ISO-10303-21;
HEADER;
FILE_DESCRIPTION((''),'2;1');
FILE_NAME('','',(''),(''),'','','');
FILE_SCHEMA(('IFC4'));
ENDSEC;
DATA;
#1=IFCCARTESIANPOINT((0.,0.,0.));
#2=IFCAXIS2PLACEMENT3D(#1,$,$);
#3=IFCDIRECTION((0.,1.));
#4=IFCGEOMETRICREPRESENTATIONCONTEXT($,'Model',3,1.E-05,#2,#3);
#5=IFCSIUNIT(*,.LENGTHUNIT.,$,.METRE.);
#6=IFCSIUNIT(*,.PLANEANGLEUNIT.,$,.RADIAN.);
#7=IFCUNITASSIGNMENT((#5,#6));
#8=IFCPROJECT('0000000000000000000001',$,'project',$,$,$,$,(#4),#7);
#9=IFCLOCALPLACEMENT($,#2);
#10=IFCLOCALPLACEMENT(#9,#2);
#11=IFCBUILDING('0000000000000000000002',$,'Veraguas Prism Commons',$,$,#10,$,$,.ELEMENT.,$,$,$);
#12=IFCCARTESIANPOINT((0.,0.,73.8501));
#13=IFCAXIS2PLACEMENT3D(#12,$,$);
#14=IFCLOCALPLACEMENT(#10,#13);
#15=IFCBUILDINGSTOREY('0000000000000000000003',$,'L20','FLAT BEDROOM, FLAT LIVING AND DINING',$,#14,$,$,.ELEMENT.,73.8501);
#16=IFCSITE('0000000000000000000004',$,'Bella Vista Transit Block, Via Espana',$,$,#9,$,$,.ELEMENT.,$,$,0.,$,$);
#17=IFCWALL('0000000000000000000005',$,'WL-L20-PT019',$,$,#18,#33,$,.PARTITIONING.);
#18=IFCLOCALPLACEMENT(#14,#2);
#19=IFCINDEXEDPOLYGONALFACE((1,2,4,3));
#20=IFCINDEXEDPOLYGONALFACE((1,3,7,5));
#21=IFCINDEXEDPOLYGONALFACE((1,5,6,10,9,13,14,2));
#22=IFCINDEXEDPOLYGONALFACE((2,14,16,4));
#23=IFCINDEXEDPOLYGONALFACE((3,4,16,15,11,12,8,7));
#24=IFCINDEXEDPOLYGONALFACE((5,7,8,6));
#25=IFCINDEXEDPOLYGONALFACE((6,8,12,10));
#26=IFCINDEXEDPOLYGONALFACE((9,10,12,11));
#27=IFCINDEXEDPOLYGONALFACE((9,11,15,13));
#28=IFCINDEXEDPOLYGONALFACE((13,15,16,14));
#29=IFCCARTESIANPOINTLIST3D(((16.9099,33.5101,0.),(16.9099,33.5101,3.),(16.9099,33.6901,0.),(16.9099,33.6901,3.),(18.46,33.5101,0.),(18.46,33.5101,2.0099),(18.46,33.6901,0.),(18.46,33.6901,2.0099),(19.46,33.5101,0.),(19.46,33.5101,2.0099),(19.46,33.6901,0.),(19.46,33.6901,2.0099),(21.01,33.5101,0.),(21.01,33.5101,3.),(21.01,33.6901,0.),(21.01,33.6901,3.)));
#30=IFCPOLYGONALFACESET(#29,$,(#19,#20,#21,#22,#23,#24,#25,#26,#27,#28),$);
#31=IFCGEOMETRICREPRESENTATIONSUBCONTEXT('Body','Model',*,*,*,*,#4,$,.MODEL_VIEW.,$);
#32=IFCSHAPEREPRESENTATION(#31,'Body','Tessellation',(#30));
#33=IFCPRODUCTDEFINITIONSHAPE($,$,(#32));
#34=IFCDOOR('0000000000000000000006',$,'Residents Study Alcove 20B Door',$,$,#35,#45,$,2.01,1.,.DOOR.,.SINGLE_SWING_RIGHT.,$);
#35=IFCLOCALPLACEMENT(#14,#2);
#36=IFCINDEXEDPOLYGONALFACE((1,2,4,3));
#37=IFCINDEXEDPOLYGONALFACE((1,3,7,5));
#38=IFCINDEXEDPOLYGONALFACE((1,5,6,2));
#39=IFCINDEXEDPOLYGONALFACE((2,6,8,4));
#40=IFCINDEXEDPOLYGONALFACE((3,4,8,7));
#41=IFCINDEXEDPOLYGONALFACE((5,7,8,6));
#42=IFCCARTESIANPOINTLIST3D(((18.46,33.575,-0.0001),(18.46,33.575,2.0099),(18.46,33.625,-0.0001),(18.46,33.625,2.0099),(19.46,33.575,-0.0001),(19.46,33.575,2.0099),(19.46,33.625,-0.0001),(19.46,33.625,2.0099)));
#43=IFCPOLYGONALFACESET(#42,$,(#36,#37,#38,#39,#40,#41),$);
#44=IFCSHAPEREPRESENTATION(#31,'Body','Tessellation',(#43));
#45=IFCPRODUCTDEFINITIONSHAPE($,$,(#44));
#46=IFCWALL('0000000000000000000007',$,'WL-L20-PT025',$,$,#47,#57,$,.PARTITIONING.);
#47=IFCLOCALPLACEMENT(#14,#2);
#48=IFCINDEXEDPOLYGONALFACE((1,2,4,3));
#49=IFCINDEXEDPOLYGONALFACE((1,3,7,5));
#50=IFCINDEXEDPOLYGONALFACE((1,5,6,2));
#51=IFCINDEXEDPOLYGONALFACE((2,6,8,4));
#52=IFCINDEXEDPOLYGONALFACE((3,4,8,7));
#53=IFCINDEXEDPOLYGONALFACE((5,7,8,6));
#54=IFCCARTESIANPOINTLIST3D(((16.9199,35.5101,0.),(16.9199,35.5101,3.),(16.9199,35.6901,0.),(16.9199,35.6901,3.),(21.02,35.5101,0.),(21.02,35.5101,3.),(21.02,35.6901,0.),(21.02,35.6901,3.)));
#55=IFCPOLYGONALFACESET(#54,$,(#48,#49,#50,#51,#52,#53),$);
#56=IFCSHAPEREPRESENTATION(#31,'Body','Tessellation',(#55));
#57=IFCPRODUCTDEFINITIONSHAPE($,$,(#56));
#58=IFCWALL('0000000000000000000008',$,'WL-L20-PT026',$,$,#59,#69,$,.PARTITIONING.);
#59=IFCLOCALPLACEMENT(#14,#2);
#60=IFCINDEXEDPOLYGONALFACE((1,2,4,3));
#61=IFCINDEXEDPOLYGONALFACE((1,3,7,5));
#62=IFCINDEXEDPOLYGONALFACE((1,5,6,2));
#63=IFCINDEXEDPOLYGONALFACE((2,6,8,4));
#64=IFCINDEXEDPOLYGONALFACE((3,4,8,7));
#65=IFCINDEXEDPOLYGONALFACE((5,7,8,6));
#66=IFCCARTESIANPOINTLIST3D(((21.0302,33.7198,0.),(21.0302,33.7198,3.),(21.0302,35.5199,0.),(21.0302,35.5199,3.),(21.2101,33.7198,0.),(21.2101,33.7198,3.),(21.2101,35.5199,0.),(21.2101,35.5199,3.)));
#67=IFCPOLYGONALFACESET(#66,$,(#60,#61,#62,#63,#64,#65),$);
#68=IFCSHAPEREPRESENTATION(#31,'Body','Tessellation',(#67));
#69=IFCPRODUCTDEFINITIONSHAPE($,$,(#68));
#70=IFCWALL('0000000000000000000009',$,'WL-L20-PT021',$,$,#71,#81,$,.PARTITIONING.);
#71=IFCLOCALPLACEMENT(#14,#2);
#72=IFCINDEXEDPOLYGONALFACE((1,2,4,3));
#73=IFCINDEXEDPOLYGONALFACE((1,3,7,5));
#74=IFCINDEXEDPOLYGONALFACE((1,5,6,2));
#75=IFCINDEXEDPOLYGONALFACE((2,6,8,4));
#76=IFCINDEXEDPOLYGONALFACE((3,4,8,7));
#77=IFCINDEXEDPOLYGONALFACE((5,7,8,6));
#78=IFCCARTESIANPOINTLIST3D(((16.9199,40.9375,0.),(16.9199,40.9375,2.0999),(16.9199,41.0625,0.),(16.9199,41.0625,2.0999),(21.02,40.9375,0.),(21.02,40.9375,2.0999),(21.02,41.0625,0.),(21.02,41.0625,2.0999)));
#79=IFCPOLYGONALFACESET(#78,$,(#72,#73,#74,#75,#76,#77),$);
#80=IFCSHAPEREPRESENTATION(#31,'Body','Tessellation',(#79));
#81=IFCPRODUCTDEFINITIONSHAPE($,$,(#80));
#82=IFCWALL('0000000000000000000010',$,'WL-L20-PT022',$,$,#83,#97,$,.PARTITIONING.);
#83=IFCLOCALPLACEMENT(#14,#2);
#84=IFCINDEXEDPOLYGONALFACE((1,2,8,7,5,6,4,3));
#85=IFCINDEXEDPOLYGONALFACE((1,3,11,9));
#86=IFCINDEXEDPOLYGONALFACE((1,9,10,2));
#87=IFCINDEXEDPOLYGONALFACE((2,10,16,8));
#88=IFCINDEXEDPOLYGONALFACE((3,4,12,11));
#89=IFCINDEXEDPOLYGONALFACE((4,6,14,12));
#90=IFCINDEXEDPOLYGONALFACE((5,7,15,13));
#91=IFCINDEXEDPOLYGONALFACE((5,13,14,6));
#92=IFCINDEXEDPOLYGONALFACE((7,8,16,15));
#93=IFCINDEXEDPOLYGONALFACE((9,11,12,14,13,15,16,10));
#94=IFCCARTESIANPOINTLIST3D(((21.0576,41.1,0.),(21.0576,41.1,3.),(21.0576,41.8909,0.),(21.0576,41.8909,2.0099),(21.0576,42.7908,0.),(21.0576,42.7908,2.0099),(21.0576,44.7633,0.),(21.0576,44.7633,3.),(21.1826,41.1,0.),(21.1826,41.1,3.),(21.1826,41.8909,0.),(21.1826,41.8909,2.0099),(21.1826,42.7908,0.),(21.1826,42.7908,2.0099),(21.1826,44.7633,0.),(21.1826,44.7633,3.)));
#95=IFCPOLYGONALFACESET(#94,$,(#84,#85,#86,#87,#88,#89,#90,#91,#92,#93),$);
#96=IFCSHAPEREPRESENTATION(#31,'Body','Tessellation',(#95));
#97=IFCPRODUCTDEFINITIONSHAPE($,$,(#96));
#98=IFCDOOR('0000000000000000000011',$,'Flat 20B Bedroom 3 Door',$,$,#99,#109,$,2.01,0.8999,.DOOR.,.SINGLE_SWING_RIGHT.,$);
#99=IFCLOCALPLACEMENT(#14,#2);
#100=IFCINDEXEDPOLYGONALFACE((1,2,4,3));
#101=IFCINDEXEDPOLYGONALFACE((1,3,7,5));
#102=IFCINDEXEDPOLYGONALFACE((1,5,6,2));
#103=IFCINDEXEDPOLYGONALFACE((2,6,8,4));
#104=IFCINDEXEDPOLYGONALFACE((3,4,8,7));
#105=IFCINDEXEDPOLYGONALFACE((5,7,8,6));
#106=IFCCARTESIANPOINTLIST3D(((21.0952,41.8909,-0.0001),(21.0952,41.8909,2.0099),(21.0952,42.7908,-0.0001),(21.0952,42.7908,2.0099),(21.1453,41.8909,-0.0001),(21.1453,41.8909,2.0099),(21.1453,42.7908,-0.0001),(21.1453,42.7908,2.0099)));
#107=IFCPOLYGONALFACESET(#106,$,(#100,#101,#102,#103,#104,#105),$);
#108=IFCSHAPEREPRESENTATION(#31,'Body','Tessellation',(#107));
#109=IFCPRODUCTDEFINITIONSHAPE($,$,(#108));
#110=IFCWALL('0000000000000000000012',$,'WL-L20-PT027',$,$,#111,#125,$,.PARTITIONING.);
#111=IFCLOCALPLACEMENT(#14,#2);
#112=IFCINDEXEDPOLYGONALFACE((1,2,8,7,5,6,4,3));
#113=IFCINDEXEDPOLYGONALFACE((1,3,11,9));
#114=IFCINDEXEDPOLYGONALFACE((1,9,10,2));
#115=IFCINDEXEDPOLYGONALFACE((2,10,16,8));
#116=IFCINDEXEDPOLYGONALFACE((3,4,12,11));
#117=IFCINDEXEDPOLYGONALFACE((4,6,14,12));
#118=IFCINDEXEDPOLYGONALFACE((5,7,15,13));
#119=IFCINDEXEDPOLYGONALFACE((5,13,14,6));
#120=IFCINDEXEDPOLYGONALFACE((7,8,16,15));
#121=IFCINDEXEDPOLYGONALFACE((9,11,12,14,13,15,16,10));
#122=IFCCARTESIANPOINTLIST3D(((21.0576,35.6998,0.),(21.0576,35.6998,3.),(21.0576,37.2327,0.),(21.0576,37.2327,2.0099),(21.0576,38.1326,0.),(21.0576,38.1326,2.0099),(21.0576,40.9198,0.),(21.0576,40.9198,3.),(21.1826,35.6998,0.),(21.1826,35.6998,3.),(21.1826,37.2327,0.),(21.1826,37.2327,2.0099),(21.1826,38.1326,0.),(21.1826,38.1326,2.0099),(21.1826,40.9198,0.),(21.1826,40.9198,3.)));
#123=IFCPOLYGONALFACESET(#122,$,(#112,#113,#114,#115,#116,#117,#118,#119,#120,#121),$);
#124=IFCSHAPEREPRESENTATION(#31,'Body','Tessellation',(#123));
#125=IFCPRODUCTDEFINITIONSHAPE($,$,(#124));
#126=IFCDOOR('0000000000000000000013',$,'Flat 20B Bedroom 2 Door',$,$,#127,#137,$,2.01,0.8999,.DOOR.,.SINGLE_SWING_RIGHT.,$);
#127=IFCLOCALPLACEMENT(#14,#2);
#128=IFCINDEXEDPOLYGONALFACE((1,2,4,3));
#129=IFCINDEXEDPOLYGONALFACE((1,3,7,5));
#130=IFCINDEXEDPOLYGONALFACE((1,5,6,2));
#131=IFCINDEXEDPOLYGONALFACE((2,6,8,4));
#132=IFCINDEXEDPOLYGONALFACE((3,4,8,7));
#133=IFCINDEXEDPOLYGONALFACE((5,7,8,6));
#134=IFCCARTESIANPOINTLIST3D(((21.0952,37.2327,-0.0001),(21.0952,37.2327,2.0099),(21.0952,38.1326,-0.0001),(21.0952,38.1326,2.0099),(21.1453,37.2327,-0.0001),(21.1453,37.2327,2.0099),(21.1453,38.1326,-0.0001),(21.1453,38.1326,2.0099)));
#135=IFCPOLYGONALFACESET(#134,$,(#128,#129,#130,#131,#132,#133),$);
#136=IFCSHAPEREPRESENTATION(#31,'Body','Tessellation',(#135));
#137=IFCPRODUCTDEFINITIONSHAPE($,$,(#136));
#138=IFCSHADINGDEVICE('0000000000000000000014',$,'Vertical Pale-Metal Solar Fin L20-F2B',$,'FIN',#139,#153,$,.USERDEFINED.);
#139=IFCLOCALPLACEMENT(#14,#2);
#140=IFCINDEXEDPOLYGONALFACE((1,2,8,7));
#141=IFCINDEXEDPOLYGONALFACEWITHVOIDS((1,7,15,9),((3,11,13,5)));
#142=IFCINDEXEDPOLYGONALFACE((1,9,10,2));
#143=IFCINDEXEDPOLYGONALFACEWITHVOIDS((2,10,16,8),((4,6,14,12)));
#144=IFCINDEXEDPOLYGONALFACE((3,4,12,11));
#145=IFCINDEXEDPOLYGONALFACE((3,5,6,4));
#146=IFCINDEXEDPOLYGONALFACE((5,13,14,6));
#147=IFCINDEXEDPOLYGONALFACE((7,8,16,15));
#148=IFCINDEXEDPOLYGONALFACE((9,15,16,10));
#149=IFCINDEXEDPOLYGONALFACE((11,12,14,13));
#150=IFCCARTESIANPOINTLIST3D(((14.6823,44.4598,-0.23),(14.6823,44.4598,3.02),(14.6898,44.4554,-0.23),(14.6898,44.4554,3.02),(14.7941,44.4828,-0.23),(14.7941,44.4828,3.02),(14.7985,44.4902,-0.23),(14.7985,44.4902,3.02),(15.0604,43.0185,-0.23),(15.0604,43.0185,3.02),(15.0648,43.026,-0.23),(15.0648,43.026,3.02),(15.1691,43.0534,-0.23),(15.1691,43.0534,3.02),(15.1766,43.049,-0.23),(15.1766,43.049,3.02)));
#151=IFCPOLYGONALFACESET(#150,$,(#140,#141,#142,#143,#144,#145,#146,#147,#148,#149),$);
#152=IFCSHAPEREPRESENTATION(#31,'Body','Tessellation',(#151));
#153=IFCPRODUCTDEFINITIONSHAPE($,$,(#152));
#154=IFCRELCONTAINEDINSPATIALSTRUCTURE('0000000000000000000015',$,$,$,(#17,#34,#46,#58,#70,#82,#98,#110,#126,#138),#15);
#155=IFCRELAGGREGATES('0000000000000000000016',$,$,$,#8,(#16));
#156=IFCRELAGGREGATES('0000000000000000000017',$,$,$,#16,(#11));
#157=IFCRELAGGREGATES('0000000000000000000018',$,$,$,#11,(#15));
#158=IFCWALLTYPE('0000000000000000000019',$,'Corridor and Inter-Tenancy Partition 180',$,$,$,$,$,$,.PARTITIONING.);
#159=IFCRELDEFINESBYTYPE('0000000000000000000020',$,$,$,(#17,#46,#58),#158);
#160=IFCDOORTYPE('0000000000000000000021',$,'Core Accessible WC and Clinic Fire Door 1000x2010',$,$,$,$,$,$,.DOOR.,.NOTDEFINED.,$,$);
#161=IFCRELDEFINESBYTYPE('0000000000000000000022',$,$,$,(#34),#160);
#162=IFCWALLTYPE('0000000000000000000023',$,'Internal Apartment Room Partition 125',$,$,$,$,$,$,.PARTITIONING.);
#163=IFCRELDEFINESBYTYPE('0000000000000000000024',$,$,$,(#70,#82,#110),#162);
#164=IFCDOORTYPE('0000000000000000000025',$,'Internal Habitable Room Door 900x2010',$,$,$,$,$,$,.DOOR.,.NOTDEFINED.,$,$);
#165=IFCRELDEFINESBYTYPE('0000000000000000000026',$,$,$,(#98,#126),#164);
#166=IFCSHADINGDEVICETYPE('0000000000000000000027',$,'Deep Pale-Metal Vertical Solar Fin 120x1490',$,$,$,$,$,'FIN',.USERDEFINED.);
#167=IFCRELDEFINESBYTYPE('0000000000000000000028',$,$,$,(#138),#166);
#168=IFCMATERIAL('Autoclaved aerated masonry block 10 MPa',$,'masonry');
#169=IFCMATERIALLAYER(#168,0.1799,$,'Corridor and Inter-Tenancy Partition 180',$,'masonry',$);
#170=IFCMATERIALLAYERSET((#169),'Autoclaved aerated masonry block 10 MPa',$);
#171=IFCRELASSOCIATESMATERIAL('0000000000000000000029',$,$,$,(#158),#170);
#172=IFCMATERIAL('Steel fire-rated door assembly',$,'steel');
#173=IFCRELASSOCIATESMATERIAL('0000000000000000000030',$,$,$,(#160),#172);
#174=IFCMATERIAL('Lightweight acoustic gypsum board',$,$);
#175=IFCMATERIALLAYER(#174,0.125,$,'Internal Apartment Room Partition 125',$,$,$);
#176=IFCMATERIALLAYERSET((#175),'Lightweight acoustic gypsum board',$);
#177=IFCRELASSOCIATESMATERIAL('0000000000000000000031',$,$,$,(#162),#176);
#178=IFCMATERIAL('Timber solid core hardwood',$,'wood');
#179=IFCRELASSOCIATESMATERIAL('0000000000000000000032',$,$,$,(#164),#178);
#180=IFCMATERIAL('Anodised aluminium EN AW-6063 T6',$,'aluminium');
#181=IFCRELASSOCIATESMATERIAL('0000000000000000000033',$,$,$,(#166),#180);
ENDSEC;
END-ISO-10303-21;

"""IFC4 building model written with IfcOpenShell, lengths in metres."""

from ifc_helpers import new_model, si_unit, direction, frame, frame_2d, origin, origin_2d, place, context, subcontext, project, spatial, rectangle, hollow_rectangle, extrude, source, transform, mapped, material, layer, layer_set, material_profile, profile_set, type_object, element, fill, save


model = new_model("IFC4")

# Units and contexts
model_context = context("Model", 3, precision=1e-05, world=origin(), true_north=direction((0.0, 1.0)))
body_context = subcontext(model_context, "Body", "Model", "MODEL_VIEW")
ifc_project = project(units=[si_unit("LENGTHUNIT", "METRE"), si_unit("PLANEANGLEUNIT", "RADIAN")], contexts=[model_context])

# Site, building, storey
site_placement = place(None, origin())
site = spatial("IfcSite", under=ifc_project, at=site_placement, Name="Bella Vista Transit Block, Via Espana", CompositionType="ELEMENT", RefElevation=0.0)
building_placement = place(site_placement, origin())
building = spatial("IfcBuilding", under=site, at=building_placement, Name="Veraguas Prism Commons", CompositionType="ELEMENT")
storey_placement = place(building_placement, frame((0.0, 0.0, 73.8501)))
storey = spatial("IfcBuildingStorey", under=building, at=storey_placement, Name="L20", Description="FLAT BEDROOM, FLAT LIVING AND DINING", CompositionType="ELEMENT", Elevation=73.8501)

# Shared definitions
ifc_material_1 = material(Name="Anodised aluminium EN AW-6063 T6", Category="aluminium")

# Shared definitions
ifc_material_2 = material(Name="Autoclaved aerated masonry block 10 MPa", Category="masonry")
ifc_layer_1 = layer(ifc_material_2, 0.1799, Name="Corridor and Inter-Tenancy Partition 180", Category="masonry")
ifc_layer_set_1 = layer_set([ifc_layer_1], Name="Autoclaved aerated masonry block 10 MPa")
wall_type_1 = type_object("IfcWallType", Name="Corridor and Inter-Tenancy Partition 180", PredefinedType="PARTITIONING", material=ifc_layer_set_1)

# Wall, opening, door
wall_1_placement = place(storey_placement, frame((16.9099, 33.6001, 0.0), z_axis=(0.0, 0.0, 1.0), x_axis=(1.0, 0.0, 0.0)))
wall_1 = element("IfcWall", 1, at=wall_1_placement, inside=storey, type_object=wall_type_1, Name="WL-L20-PT019", PredefinedType="PARTITIONING", context=body_context, shape_type="SweptSolid", body=[
    extrude(rectangle(XDim=4.1001, YDim=0.1799, at=frame_2d((2.05, 0.0))), origin(), (0.0, 0.0, 1.0), 3.0),
])
opening_1_placement = place(wall_1_placement, frame((1.55, 0.0, 0.0)))
opening_1 = element("IfcOpeningElement", 2, at=opening_1_placement, cuts=wall_1, PredefinedType="OPENING", context=body_context, shape_type="SweptSolid", body=[
    extrude(rectangle(XDim=1.0, YDim=2.01, at=frame_2d((0.5, 1.0049))), frame((0.0, 0.0999, 0.0), z_axis=(0.0, -1.0, 0.0), x_axis=(1.0, 0.0, 0.0)), (0.0, 0.0, 1.0), 0.2),
])
ifc_material_3 = material(Name="Steel fire-rated door assembly", Category="steel")
door_type_1 = type_object("IfcDoorType", Name="Core Accessible WC and Clinic Fire Door 1000x2010", OperationType="NOTDEFINED", PredefinedType="DOOR", material=ifc_material_3)
shared_shape_1 = source(origin(), body_context, "Body", "SweptSolid", [
    extrude(rectangle(XDim=1.0, YDim=2.01, at=frame_2d((0.5, 1.0049))), frame((0.0, 0.0249, 0.0), z_axis=(0.0, -1.0, 0.0), x_axis=(1.0, 0.0, 0.0)), (0.0, 0.0, 1.0), 0.05),
])
door_1_placement = place(opening_1_placement, origin())
door_1 = element("IfcDoor", 3, at=door_1_placement, inside=storey, type_object=door_type_1, Name="Residents Study Alcove 20B Door", OperationType="SINGLE_SWING_RIGHT", OverallHeight=2.01, OverallWidth=1.0, PredefinedType="DOOR", context=body_context, shape_type="MappedRepresentation", body=[
    mapped(shared_shape_1, transform((0.0, 0.0, 0.0), scale=1.0)),
])
fill(opening_1, door_1)

# Walls
wall_2_placement = place(storey_placement, frame((16.9199, 35.6001, 0.0), z_axis=(0.0, 0.0, 1.0), x_axis=(1.0, 0.0, 0.0)))
element("IfcWall", 4, at=wall_2_placement, inside=storey, type_object=wall_type_1, Name="WL-L20-PT025", PredefinedType="PARTITIONING", context=body_context, shape_type="SweptSolid", body=[
    extrude(rectangle(XDim=4.1001, YDim=0.1799, at=frame_2d((2.05, 0.0))), origin(), (0.0, 0.0, 1.0), 3.0),
])
wall_3_placement = place(storey_placement, frame((21.1201, 33.72, 0.0), z_axis=(0.0, 0.0, 1.0), x_axis=(0.0, 1.0, 0.0)))
element("IfcWall", 5, at=wall_3_placement, inside=storey, type_object=wall_type_1, Name="WL-L20-PT026", PredefinedType="PARTITIONING", context=body_context, shape_type="SweptSolid", body=[
    extrude(rectangle(XDim=1.8, YDim=0.1799, at=frame_2d((0.8999, 0.0))), origin(), (0.0, 0.0, 1.0), 3.0),
])
ifc_material_4 = material(Name="Lightweight acoustic gypsum board")
ifc_layer_2 = layer(ifc_material_4, 0.125, Name="Internal Apartment Room Partition 125")
ifc_layer_set_2 = layer_set([ifc_layer_2], Name="Lightweight acoustic gypsum board")
wall_type_2 = type_object("IfcWallType", Name="Internal Apartment Room Partition 125", PredefinedType="PARTITIONING", material=ifc_layer_set_2)
wall_4_placement = place(storey_placement, frame((16.9199, 41.0, 0.0), z_axis=(0.0, 0.0, 1.0), x_axis=(1.0, 0.0, 0.0)))
element("IfcWall", 6, at=wall_4_placement, inside=storey, type_object=wall_type_2, Name="WL-L20-PT021", PredefinedType="PARTITIONING", context=body_context, shape_type="SweptSolid", body=[
    extrude(rectangle(XDim=4.1001, YDim=0.125, at=frame_2d((2.05, 0.0))), origin(), (0.0, 0.0, 1.0), 2.0999),
])

# Walls, openings, doors
wall_5_placement = place(storey_placement, frame((21.1201, 41.1001, 0.0), z_axis=(0.0, 0.0, 1.0), x_axis=(0.0, 1.0, 0.0)))
wall_5 = element("IfcWall", 7, at=wall_5_placement, inside=storey, type_object=wall_type_2, Name="WL-L20-PT022", PredefinedType="PARTITIONING", context=body_context, shape_type="SweptSolid", body=[
    extrude(rectangle(XDim=3.6633, YDim=0.125, at=frame_2d((1.8315, 0.0))), origin(), (0.0, 0.0, 1.0), 3.0),
])
opening_2_placement = place(wall_5_placement, frame((0.7908, 0.0, 0.0)))
opening_2 = element("IfcOpeningElement", 8, at=opening_2_placement, cuts=wall_5, PredefinedType="OPENING", context=body_context, shape_type="SweptSolid", body=[
    extrude(rectangle(XDim=0.8999, YDim=2.01, at=frame_2d((0.45, 1.0049))), frame((0.0, 0.0725, 0.0), z_axis=(0.0, -1.0, 0.0), x_axis=(1.0, 0.0, 0.0)), (0.0, 0.0, 1.0), 0.145),
])
ifc_material_5 = material(Name="Timber solid core hardwood", Category="wood")
door_type_2 = type_object("IfcDoorType", Name="Internal Habitable Room Door 900x2010", OperationType="NOTDEFINED", PredefinedType="DOOR", material=ifc_material_5)
shared_shape_2 = source(origin(), body_context, "Body", "SweptSolid", [
    extrude(rectangle(XDim=0.8999, YDim=2.01, at=frame_2d((0.45, 1.0049))), frame((0.0, 0.0249, 0.0), z_axis=(0.0, -1.0, 0.0), x_axis=(1.0, 0.0, 0.0)), (0.0, 0.0, 1.0), 0.05),
])
door_2_placement = place(opening_2_placement, origin())
door_2 = element("IfcDoor", 9, at=door_2_placement, inside=storey, type_object=door_type_2, Name="Flat 20B Bedroom 3 Door", OperationType="SINGLE_SWING_RIGHT", OverallHeight=2.01, OverallWidth=0.8999, PredefinedType="DOOR", context=body_context, shape_type="MappedRepresentation", body=[
    mapped(shared_shape_2, transform((0.0, 0.0, 0.0), scale=1.0)),
])
fill(opening_2, door_2)
wall_6_placement = place(storey_placement, frame((21.1201, 35.7, 0.0), z_axis=(0.0, 0.0, 1.0), x_axis=(0.0, 1.0, 0.0)))
wall_6 = element("IfcWall", 10, at=wall_6_placement, inside=storey, type_object=wall_type_2, Name="WL-L20-PT027", PredefinedType="PARTITIONING", context=body_context, shape_type="SweptSolid", body=[
    extrude(rectangle(XDim=5.22, YDim=0.125, at=frame_2d((2.6099, 0.0))), origin(), (0.0, 0.0, 1.0), 3.0),
])
opening_3_placement = place(wall_6_placement, frame((1.5327, 0.0, 0.0)))
opening_3 = element("IfcOpeningElement", 11, at=opening_3_placement, cuts=wall_6, PredefinedType="OPENING", context=body_context, shape_type="SweptSolid", body=[
    extrude(rectangle(XDim=0.8999, YDim=2.01, at=frame_2d((0.45, 1.0049))), frame((0.0, 0.0725, 0.0), z_axis=(0.0, -1.0, 0.0), x_axis=(1.0, 0.0, 0.0)), (0.0, 0.0, 1.0), 0.145),
])
door_3_placement = place(opening_3_placement, origin())
door_3 = element("IfcDoor", 12, at=door_3_placement, inside=storey, type_object=door_type_2, Name="Flat 20B Bedroom 2 Door", OperationType="SINGLE_SWING_RIGHT", OverallHeight=2.01, OverallWidth=0.8999, PredefinedType="DOOR", context=body_context, shape_type="MappedRepresentation", body=[
    mapped(shared_shape_2, transform((0.0, 0.0, 0.0), scale=1.0)),
])
fill(opening_3, door_3)

# Shading device
ifc_material_profile_1 = material_profile(ifc_material_1, hollow_rectangle(XDim=0.1201, YDim=1.49, WallThickness=0.0061, at=origin_2d()), Name="FIN120X1490X6")
ifc_profile_set_1 = profile_set([ifc_material_profile_1], Name="Anodised aluminium EN AW-6063 T6")
shading_device_type = type_object("IfcShadingDeviceType", Name="Deep Pale-Metal Vertical Solar Fin 120x1490", ElementType="FIN", PredefinedType="USERDEFINED", material=ifc_profile_set_1)
shading_device_placement = place(storey_placement, frame((14.9294, 43.7544, -0.23), z_axis=(0.0, 0.0, 1.0), x_axis=(-0.967268, -0.253758, 0.0)))
element("IfcShadingDevice", 13, at=shading_device_placement, inside=storey, type_object=shading_device_type, Name="Vertical Pale-Metal Solar Fin L20-F2B", ObjectType="FIN", PredefinedType="USERDEFINED", context=body_context, shape_type="SweptSolid", body=[
    extrude(hollow_rectangle(XDim=0.1201, YDim=1.49, WallThickness=0.0061, at=origin_2d()), origin(), (0.0, 0.0, 1.0), 3.25),
])

save(model, "model.ifc")
